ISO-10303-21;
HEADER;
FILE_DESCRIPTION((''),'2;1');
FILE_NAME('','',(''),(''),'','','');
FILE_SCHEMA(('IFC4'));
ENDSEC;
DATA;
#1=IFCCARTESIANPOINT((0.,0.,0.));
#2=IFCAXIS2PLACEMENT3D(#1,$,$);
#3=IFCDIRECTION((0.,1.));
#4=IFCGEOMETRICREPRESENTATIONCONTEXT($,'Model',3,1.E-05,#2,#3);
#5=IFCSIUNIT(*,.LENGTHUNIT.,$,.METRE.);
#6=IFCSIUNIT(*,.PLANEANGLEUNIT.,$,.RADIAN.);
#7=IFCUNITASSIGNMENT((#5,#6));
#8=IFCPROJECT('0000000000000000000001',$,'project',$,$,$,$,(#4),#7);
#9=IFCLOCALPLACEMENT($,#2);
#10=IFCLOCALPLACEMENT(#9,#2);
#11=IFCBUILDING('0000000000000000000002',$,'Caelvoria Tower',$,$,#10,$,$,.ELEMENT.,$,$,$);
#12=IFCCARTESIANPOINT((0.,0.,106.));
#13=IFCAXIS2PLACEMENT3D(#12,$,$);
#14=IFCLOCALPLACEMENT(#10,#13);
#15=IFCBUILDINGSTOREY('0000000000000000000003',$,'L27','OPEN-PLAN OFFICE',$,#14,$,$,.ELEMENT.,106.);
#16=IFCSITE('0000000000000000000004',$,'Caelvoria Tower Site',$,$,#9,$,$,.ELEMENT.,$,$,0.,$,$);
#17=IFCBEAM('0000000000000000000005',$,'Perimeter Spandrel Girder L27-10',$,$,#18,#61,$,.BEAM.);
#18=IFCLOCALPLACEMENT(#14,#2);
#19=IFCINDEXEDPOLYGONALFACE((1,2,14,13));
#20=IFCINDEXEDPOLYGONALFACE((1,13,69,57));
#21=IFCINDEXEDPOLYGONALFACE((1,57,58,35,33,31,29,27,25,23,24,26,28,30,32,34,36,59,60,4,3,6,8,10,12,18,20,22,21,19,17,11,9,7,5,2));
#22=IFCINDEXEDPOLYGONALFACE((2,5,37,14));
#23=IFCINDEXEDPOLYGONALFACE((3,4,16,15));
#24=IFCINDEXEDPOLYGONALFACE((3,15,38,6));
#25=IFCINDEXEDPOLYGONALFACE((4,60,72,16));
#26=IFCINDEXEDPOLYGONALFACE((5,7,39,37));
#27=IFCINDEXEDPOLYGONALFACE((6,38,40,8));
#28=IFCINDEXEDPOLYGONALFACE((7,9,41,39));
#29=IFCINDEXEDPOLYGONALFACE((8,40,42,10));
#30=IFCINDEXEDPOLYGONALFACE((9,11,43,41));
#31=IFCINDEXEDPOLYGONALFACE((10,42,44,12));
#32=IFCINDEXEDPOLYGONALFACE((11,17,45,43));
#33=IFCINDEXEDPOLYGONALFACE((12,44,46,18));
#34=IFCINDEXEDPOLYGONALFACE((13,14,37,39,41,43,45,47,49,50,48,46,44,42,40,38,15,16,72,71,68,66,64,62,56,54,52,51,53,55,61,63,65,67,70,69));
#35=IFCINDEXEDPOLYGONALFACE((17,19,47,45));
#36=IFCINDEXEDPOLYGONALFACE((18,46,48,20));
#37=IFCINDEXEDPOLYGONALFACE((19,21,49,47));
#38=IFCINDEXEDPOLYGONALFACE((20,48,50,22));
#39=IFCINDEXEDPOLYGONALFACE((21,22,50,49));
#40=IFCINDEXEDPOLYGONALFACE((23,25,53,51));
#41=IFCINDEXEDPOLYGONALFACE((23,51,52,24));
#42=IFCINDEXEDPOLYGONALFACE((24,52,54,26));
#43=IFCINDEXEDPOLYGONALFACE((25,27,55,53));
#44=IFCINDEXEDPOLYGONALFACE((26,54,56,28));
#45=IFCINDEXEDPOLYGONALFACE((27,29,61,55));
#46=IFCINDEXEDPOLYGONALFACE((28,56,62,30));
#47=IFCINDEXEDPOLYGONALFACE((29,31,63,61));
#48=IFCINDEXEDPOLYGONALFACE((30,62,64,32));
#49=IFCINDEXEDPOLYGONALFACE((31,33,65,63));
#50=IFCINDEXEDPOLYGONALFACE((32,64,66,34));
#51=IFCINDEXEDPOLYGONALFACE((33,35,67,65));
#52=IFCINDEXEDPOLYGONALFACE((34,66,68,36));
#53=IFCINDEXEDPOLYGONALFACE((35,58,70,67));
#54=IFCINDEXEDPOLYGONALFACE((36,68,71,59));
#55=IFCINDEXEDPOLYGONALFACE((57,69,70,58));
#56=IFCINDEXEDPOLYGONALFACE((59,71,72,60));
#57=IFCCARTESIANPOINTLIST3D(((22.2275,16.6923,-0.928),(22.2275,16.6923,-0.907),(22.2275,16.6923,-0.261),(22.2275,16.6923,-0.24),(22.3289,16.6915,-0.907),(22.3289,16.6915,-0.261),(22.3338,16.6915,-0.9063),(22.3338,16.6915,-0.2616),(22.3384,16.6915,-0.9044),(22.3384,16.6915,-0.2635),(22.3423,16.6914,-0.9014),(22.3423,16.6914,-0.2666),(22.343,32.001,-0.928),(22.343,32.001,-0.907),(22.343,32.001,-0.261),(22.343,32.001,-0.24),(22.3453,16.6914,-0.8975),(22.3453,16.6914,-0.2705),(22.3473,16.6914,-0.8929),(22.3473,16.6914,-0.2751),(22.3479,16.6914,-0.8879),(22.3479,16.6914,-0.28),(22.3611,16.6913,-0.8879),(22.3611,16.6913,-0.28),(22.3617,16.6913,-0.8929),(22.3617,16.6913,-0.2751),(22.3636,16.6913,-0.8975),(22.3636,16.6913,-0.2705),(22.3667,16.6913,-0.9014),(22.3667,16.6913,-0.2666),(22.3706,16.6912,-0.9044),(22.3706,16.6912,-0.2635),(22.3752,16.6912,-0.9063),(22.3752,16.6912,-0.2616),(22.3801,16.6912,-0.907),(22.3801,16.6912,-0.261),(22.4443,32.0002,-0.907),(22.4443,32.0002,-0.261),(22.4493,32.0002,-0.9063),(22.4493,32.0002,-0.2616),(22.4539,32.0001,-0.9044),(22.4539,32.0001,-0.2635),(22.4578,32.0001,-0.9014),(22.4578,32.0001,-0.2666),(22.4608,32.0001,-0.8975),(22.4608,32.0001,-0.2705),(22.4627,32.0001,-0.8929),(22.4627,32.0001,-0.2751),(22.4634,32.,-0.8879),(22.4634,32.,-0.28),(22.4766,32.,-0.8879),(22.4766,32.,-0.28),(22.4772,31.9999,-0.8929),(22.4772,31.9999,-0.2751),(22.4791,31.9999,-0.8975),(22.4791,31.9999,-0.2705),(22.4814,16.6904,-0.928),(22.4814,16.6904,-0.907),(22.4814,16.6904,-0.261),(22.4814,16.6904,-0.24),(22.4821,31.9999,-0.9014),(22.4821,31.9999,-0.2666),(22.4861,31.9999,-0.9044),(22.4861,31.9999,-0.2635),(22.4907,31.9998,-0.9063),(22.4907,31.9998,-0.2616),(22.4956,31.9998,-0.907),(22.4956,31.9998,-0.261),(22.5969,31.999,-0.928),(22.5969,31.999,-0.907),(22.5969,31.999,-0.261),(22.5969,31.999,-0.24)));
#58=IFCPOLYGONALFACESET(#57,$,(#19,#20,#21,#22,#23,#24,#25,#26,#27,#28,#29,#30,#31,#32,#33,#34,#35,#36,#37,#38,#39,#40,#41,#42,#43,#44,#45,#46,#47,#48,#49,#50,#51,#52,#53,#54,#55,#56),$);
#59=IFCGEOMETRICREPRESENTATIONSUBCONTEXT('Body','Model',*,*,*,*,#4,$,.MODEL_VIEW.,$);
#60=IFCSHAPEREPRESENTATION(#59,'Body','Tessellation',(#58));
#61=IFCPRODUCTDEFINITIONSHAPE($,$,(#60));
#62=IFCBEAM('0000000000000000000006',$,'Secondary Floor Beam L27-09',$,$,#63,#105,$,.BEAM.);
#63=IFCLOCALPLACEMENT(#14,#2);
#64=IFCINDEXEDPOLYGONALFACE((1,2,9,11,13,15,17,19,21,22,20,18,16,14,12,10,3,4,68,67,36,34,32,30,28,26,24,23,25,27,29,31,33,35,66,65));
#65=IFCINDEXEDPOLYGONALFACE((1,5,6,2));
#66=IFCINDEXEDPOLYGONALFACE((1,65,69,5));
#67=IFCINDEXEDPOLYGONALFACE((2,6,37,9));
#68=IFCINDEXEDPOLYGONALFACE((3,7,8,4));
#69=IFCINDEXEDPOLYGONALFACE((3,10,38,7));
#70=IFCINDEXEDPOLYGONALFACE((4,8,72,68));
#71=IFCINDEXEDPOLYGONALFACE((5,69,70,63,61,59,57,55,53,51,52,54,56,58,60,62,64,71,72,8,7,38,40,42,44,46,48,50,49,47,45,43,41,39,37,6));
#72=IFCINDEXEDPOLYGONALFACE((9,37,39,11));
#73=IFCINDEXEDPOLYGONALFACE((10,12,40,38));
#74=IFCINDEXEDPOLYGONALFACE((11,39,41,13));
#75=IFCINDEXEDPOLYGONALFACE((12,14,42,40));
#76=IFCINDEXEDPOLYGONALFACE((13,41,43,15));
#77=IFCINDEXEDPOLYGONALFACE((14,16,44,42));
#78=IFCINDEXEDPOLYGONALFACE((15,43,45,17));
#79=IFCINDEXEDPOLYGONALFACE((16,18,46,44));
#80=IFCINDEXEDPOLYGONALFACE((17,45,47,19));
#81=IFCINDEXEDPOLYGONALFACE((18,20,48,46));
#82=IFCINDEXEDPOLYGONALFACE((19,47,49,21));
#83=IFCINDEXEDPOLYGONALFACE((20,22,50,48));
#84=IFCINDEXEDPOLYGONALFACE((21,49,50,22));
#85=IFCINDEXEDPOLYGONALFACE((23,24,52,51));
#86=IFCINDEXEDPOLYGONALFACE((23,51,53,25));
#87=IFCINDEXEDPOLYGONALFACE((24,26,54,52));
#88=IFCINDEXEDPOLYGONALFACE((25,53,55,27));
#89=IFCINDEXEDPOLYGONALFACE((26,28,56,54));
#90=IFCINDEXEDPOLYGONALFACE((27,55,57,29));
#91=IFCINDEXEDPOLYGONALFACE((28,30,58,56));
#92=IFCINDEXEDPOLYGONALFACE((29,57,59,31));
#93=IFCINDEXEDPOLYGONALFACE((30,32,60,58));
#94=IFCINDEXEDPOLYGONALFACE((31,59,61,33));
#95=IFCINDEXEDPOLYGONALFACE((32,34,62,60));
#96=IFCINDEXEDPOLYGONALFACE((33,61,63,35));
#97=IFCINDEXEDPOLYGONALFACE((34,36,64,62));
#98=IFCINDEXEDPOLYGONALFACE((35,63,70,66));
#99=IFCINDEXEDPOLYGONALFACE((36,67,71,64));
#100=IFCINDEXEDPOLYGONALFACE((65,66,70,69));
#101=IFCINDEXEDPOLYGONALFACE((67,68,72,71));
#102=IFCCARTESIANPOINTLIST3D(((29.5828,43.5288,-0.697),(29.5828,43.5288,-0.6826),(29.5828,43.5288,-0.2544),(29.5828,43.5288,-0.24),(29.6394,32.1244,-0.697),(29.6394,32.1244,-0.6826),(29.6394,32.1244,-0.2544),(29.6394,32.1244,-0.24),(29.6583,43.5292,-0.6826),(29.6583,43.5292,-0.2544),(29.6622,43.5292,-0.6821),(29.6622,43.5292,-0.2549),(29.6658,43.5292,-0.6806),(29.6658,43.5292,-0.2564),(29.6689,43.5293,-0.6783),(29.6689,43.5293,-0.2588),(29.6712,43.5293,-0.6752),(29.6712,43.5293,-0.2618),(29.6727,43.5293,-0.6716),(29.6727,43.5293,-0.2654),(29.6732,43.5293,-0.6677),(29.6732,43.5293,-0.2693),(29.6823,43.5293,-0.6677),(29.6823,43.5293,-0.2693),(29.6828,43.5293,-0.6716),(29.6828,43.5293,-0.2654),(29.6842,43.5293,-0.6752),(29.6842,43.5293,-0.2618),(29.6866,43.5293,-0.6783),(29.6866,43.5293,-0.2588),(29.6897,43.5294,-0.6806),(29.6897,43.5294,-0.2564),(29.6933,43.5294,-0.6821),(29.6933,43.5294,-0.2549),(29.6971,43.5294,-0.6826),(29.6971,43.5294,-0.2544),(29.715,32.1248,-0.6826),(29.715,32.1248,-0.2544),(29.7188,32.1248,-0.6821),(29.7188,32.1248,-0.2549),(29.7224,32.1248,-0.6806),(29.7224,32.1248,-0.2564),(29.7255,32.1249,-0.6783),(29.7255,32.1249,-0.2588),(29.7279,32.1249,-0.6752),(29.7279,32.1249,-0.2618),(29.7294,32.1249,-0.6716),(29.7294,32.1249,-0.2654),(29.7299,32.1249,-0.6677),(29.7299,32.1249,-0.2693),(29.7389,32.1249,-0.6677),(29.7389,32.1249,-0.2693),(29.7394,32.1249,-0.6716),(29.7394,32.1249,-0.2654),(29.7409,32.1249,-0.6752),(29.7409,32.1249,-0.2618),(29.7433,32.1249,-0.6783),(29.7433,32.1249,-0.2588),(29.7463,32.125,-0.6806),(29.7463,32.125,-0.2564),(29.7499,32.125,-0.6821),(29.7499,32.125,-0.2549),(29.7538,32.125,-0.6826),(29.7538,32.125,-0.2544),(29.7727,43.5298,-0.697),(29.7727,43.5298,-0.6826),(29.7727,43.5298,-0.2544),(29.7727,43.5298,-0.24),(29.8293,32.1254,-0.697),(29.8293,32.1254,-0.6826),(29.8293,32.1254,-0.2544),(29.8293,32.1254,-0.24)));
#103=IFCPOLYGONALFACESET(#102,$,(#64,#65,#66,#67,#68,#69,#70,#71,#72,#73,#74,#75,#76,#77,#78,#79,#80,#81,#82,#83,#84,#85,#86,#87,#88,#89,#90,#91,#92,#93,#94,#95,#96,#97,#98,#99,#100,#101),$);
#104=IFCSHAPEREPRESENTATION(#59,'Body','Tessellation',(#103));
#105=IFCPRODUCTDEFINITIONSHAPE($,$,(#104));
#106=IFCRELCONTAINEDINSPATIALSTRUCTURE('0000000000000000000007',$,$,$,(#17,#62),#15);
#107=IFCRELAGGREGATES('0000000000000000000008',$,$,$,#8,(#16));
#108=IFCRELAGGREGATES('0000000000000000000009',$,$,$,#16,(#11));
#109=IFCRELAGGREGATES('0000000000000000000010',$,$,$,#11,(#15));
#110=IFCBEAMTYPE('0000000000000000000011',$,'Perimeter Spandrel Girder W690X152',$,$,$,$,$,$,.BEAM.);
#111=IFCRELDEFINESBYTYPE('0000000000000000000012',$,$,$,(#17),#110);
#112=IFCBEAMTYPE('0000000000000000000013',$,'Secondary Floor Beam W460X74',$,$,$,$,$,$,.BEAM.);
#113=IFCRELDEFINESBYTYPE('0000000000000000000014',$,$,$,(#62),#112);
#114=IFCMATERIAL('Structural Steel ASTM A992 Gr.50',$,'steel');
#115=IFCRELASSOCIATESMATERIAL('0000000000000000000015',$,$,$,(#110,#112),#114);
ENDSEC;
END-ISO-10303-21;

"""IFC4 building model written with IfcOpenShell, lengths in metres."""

from ifc_helpers import new_model, si_unit, direction, frame, origin, origin_2d, place, context, subcontext, project, spatial, i_section, extrude, material, material_profile, profile_set, type_object, element, save


model = new_model("IFC4")

# Units and contexts
model_context = context("Model", 3, precision=1e-05, world=origin(), true_north=direction((0.0, 1.0)))
body_context = subcontext(model_context, "Body", "Model", "MODEL_VIEW")
ifc_project = project(units=[si_unit("LENGTHUNIT", "METRE"), si_unit("PLANEANGLEUNIT", "RADIAN")], contexts=[model_context])

# Site, building, storey
site_placement = place(None, origin())
site = spatial("IfcSite", under=ifc_project, at=site_placement, Name="Caelvoria Tower Site", CompositionType="ELEMENT", RefElevation=0.0)
building_placement = place(site_placement, origin())
building = spatial("IfcBuilding", under=site, at=building_placement, Name="Caelvoria Tower", CompositionType="ELEMENT")
storey_placement = place(building_placement, frame((0.0, 0.0, 106.0)))
storey = spatial("IfcBuildingStorey", under=building, at=storey_placement, Name="L27", Description="OPEN-PLAN OFFICE", CompositionType="ELEMENT", Elevation=106.0)

# Beams
ifc_material_1 = material(Name="Structural Steel ASTM A992 Gr.50", Category="steel")
ifc_material_profile_1 = material_profile(ifc_material_1, i_section(OverallWidth=0.2539, OverallDepth=0.688, WebThickness=0.0132, FlangeThickness=0.021, FilletRadius=0.019, at=origin_2d()), Name="Structural Steel ASTM A992 Gr.50")
ifc_profile_set_1 = profile_set([ifc_material_profile_1], Name="W690X152 - Structural Steel ASTM A992 Gr.50")
beam_type_1 = type_object("IfcBeamType", Name="Perimeter Spandrel Girder W690X152", PredefinedType="BEAM", material=ifc_profile_set_1)
beam_1_placement = place(storey_placement, frame((22.47, 32.0, -0.584), z_axis=(-0.007543, -0.999972, 0.0), x_axis=(0.999972, -0.007543, 0.0)))
element("IfcBeam", 1, at=beam_1_placement, inside=storey, type_object=beam_type_1, Name="Perimeter Spandrel Girder L27-10", PredefinedType="BEAM", context=body_context, shape_type="SweptSolid", body=[
    extrude(i_section(OverallWidth=0.2539, OverallDepth=0.688, WebThickness=0.0132, FlangeThickness=0.021, FilletRadius=0.019, at=origin_2d()), origin(), (0.0, 0.0, 1.0), 15.3091),
])
ifc_material_profile_2 = material_profile(ifc_material_1, i_section(OverallWidth=0.1899, OverallDepth=0.457, WebThickness=0.009, FlangeThickness=0.0144, FilletRadius=0.0149, at=origin_2d()), Name="Structural Steel ASTM A992 Gr.50")
ifc_profile_set_2 = profile_set([ifc_material_profile_2], Name="W460X74 - Structural Steel ASTM A992 Gr.50")
beam_type_2 = type_object("IfcBeamType", Name="Secondary Floor Beam W460X74", PredefinedType="BEAM", material=ifc_profile_set_2)
beam_2_placement = place(storey_placement, frame((29.6777, 43.5293, -0.4685), z_axis=(0.004967, -0.999988, 0.0), x_axis=(0.999988, 0.004967, 0.0)))
element("IfcBeam", 2, at=beam_2_placement, inside=storey, type_object=beam_type_2, Name="Secondary Floor Beam L27-09", PredefinedType="BEAM", context=body_context, shape_type="SweptSolid", body=[
    extrude(i_section(OverallWidth=0.1899, OverallDepth=0.457, WebThickness=0.009, FlangeThickness=0.0144, FilletRadius=0.0149, at=origin_2d()), origin(), (0.0, 0.0, 1.0), 11.4045),
])

save(model, "model.ifc")
